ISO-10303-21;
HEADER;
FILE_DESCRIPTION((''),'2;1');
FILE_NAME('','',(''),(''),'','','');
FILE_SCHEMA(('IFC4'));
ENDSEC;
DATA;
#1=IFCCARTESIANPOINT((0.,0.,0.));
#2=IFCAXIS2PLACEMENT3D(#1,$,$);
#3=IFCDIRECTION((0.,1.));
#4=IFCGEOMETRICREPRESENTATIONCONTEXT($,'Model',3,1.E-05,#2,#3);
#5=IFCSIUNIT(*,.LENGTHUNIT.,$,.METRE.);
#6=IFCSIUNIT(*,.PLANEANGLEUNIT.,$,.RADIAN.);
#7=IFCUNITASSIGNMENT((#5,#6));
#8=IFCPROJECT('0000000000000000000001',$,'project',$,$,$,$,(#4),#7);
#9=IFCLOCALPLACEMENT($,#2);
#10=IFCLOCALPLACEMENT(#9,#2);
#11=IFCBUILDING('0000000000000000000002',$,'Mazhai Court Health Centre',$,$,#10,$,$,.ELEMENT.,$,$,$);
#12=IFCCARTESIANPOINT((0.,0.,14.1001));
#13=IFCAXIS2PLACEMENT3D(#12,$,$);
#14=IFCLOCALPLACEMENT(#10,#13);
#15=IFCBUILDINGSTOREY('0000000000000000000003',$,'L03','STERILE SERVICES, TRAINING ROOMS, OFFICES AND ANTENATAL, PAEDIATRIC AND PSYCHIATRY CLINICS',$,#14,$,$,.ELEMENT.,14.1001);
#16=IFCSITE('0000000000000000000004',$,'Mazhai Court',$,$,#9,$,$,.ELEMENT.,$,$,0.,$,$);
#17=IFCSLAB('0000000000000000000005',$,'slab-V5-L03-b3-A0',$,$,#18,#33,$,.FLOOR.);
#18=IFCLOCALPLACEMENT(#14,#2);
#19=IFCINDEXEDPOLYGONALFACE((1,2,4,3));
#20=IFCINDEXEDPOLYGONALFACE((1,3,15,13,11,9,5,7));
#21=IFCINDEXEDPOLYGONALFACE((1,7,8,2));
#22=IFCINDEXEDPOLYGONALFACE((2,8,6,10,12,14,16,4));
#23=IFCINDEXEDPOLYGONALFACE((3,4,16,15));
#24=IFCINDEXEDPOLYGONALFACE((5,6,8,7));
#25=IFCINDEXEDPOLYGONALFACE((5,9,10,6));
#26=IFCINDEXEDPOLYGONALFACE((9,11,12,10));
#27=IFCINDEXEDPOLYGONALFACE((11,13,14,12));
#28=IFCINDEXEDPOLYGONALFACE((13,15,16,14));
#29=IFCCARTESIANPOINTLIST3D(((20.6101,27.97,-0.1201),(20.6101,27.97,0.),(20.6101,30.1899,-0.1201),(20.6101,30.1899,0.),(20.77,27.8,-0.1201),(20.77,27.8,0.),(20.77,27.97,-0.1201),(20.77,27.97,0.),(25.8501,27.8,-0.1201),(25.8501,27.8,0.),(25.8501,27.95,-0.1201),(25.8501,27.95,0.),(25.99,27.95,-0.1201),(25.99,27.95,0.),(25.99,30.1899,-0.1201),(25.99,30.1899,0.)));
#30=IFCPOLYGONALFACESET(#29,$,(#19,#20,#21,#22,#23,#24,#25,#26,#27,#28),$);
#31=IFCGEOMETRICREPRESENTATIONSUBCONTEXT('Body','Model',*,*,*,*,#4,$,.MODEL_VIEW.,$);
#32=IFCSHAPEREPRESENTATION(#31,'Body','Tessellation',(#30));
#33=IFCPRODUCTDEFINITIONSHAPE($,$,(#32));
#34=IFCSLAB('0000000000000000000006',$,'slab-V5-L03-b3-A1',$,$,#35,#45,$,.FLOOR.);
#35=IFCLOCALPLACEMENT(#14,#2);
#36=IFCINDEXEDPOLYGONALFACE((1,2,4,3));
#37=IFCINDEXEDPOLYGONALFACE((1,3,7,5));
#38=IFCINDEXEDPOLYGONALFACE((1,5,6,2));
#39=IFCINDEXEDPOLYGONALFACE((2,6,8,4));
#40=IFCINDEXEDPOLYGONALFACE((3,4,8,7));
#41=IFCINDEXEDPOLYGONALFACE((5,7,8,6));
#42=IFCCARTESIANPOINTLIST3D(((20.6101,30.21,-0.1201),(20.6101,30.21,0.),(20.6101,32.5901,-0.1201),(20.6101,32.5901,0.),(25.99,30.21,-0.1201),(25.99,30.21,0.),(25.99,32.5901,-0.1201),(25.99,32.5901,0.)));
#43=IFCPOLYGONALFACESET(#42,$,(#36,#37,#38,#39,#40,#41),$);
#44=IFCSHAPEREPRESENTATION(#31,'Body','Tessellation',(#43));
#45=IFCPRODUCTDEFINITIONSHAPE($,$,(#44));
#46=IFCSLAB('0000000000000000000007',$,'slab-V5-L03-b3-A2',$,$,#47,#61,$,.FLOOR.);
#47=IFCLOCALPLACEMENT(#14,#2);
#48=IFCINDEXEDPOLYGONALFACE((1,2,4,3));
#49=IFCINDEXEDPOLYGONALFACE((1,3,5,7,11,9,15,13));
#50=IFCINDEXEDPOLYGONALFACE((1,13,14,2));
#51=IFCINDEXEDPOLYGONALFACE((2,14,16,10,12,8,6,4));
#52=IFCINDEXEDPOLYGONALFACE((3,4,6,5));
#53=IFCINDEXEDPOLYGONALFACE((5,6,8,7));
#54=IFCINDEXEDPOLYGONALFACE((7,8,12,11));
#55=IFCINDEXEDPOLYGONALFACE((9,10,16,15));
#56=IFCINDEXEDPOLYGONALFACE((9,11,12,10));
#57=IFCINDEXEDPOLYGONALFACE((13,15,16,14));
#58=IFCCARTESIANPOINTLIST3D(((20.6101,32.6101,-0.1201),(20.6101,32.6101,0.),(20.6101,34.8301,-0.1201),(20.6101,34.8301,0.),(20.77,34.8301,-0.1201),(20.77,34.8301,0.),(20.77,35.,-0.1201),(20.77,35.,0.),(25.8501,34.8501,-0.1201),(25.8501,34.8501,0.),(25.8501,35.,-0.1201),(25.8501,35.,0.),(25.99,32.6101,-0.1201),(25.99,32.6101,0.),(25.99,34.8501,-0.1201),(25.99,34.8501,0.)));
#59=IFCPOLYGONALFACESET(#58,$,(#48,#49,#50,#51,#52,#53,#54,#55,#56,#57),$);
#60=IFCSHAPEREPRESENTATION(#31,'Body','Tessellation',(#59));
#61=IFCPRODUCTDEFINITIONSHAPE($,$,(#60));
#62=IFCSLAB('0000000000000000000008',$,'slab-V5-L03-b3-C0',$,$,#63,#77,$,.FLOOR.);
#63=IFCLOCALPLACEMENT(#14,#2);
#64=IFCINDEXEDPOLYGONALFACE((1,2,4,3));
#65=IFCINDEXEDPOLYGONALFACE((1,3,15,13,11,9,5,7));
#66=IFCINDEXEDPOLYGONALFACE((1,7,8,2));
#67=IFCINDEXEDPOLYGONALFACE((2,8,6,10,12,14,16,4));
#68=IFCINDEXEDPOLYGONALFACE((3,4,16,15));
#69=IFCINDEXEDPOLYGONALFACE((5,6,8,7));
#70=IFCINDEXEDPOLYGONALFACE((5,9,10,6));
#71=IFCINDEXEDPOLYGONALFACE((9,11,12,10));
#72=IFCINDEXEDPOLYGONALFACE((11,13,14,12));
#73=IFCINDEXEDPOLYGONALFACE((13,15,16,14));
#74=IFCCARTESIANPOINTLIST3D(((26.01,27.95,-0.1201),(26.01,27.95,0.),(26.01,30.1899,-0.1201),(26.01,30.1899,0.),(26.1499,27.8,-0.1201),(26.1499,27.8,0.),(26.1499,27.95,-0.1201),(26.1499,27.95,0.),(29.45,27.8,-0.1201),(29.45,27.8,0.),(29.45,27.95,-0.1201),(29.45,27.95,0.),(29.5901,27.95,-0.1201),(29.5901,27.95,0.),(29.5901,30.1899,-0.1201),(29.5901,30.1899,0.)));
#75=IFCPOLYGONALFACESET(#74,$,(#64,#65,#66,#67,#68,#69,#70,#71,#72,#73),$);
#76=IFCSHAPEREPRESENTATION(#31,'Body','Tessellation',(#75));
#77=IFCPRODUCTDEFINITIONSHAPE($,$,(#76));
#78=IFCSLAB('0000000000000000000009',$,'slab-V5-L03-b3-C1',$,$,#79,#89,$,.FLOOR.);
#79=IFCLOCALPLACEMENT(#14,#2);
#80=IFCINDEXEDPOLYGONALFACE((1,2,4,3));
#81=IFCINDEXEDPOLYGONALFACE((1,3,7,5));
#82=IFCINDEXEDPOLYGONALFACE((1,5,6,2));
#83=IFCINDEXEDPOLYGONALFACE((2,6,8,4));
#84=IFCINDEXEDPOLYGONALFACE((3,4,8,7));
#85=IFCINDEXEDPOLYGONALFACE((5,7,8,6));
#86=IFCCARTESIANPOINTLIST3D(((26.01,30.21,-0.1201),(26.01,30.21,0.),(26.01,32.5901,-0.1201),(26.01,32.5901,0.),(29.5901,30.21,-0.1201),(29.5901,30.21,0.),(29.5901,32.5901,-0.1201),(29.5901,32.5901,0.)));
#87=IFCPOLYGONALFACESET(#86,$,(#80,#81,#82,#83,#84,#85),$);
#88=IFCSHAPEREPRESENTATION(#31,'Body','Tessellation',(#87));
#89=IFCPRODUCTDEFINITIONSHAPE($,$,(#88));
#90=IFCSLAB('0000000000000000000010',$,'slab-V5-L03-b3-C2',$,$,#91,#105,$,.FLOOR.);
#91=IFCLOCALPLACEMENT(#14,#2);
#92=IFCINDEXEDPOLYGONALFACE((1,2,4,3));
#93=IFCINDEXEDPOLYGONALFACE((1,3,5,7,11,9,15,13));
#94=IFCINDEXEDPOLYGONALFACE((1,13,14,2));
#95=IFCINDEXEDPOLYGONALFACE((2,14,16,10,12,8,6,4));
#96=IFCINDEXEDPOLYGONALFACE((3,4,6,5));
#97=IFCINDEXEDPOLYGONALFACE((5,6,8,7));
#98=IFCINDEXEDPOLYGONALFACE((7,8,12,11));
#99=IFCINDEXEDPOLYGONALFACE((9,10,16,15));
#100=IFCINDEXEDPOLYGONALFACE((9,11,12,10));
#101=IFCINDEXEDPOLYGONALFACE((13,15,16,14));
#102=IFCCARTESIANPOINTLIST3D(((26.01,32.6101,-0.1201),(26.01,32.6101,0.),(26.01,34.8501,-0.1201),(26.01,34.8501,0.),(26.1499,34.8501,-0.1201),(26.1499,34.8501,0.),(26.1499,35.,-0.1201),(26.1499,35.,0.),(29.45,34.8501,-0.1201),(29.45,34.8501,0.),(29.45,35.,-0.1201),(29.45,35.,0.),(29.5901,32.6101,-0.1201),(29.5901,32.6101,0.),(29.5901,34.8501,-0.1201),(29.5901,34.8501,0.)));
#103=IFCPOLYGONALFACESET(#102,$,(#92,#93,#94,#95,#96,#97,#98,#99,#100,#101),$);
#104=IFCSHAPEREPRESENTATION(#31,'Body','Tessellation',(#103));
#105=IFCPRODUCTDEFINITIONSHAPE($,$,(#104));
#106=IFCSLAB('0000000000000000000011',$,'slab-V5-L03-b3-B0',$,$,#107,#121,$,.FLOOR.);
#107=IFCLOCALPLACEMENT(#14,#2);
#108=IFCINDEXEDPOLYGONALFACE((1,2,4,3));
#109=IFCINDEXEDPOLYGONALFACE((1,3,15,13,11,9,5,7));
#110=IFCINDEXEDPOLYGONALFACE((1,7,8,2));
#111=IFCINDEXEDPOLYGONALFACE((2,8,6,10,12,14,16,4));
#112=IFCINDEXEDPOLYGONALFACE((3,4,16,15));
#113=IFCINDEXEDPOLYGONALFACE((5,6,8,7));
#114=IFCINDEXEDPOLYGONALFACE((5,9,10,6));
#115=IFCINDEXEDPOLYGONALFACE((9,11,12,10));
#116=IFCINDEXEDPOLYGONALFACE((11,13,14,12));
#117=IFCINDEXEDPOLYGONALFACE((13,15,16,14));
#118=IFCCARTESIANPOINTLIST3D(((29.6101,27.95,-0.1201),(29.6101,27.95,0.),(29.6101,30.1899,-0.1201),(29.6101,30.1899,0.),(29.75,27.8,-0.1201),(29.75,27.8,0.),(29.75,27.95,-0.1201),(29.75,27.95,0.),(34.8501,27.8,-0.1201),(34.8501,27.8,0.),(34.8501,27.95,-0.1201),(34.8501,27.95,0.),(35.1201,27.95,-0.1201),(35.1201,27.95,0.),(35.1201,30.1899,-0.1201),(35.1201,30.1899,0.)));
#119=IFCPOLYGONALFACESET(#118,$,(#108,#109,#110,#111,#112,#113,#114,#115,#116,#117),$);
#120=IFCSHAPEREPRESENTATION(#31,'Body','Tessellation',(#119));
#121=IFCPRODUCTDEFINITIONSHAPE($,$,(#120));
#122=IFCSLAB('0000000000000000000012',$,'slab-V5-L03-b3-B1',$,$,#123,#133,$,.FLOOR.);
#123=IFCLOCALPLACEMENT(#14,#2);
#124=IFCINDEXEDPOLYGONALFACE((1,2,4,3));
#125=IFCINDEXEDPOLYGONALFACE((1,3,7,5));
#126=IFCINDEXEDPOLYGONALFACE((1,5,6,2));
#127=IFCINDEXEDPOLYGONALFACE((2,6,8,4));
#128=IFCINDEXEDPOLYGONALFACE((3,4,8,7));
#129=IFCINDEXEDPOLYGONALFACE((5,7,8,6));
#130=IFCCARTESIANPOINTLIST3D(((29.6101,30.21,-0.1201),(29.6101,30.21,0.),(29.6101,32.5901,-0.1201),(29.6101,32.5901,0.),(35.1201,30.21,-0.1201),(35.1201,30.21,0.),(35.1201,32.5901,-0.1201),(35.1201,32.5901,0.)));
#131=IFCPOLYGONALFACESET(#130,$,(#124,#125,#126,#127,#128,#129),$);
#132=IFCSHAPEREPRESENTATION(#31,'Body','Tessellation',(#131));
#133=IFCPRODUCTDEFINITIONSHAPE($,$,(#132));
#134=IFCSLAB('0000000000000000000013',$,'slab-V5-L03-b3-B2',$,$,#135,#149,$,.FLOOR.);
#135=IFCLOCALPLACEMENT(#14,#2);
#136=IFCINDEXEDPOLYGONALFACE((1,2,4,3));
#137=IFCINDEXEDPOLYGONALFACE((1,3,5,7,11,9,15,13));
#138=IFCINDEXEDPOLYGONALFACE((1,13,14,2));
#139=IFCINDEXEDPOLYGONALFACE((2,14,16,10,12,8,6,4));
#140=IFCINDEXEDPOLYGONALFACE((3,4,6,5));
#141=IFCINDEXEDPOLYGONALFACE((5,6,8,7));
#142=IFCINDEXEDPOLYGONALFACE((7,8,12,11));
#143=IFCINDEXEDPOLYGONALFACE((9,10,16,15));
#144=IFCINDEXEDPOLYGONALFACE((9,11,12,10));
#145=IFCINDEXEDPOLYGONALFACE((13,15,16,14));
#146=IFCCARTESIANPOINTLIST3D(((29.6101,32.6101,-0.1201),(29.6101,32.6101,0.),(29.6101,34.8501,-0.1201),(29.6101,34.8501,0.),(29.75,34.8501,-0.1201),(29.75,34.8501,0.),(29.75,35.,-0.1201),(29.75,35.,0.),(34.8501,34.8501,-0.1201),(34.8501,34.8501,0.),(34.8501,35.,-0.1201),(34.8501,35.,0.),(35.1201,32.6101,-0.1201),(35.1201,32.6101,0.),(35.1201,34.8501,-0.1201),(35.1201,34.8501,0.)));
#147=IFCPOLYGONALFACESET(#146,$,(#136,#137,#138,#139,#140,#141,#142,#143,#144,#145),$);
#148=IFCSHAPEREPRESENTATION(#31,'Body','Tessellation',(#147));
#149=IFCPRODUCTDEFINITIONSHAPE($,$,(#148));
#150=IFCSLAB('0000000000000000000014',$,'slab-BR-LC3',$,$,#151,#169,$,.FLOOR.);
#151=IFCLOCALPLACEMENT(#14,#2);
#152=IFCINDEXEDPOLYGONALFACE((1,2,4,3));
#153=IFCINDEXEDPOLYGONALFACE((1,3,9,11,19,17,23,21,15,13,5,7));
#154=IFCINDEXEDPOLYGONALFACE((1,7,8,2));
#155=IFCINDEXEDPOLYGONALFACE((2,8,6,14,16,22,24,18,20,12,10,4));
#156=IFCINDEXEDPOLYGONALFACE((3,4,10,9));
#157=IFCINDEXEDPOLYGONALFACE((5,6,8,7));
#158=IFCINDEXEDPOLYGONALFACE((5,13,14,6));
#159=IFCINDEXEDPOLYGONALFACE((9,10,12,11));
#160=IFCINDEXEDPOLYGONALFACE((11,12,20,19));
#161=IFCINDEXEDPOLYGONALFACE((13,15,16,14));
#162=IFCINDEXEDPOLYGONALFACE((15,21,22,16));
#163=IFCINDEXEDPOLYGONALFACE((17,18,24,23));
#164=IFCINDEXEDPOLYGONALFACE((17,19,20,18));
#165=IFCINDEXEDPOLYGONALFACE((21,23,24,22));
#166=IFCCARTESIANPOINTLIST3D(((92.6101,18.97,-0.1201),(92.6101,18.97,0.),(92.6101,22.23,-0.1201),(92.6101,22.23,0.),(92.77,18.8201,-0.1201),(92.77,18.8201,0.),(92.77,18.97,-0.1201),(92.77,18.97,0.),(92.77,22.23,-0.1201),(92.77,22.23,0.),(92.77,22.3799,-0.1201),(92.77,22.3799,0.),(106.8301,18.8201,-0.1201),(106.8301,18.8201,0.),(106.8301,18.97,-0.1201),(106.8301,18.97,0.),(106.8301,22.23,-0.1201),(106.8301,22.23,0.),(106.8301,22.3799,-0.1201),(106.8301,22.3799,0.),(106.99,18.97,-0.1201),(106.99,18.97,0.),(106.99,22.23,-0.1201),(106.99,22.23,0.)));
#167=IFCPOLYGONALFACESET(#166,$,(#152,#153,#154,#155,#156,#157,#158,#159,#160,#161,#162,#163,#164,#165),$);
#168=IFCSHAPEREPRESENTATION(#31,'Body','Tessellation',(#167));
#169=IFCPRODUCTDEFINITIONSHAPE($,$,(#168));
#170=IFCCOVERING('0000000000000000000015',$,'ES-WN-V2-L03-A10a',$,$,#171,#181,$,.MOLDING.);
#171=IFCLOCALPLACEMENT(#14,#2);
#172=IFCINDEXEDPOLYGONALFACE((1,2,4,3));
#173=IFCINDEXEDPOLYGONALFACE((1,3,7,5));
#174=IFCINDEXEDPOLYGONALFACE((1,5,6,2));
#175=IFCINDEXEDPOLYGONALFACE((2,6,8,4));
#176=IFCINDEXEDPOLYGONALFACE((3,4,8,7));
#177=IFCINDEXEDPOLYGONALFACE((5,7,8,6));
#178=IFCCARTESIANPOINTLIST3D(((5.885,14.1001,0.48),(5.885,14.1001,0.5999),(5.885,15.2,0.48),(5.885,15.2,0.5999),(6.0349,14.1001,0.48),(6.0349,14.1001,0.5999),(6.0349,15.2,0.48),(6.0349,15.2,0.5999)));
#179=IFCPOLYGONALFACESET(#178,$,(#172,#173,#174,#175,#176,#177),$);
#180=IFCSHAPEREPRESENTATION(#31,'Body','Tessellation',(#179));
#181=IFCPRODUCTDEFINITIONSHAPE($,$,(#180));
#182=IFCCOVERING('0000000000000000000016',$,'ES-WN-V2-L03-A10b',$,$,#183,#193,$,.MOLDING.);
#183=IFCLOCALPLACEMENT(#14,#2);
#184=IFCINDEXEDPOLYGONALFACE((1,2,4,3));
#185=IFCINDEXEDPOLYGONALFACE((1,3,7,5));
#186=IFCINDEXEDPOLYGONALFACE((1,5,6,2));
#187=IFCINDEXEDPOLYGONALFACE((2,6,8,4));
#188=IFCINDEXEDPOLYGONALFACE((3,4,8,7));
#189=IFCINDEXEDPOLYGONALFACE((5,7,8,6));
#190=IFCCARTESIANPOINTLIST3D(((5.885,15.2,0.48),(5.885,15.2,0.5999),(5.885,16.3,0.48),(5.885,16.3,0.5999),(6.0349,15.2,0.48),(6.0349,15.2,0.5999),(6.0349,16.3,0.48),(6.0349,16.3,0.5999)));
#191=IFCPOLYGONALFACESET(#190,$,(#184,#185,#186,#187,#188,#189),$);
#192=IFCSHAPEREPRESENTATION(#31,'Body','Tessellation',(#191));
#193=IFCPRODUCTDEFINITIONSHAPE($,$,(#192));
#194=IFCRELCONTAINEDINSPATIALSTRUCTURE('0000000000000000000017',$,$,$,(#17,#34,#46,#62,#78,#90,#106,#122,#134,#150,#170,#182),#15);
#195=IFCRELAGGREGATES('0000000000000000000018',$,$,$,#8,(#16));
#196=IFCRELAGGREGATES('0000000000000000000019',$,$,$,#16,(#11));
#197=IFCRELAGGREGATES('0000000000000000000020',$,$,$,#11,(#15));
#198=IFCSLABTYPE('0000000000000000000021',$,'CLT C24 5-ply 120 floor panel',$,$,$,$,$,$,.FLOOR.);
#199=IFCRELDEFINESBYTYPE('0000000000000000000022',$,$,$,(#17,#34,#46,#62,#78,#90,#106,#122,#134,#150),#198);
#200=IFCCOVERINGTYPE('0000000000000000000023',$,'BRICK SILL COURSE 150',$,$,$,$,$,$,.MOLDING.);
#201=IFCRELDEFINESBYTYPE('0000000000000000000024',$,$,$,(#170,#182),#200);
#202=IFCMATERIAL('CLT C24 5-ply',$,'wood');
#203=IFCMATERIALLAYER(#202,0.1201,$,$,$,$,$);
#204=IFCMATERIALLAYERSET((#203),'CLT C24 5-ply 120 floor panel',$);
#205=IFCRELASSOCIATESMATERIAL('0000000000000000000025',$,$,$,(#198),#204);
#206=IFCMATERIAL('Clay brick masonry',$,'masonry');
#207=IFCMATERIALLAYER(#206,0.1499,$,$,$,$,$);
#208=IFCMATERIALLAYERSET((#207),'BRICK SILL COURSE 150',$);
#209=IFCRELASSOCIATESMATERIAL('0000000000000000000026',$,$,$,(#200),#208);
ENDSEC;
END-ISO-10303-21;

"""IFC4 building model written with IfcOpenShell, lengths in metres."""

from ifc_helpers import new_model, si_unit, direction, frame, origin, place, context, subcontext, project, spatial, polyline, outline, extrude, material, layer, layer_set, type_object, element, save


model = new_model("IFC4")

# Units and contexts
model_context = context("Model", 3, precision=1e-05, world=origin(), true_north=direction((0.0, 1.0)))
body_context = subcontext(model_context, "Body", "Model", "MODEL_VIEW")
ifc_project = project(units=[si_unit("LENGTHUNIT", "METRE"), si_unit("PLANEANGLEUNIT", "RADIAN")], contexts=[model_context])

# Site, building, storey
site_placement = place(None, origin())
site = spatial("IfcSite", under=ifc_project, at=site_placement, Name="Mazhai Court", CompositionType="ELEMENT", RefElevation=0.0)
building_placement = place(site_placement, origin())
building = spatial("IfcBuilding", under=site, at=building_placement, Name="Mazhai Court Health Centre", CompositionType="ELEMENT")
storey_placement = place(building_placement, frame((0.0, 0.0, 14.1001)))
storey = spatial("IfcBuildingStorey", under=building, at=storey_placement, Name="L03", Description="STERILE SERVICES, TRAINING ROOMS, OFFICES AND ANTENATAL, PAEDIATRIC AND PSYCHIATRY CLINICS", CompositionType="ELEMENT", Elevation=14.1001)

# Slabs
ifc_material_1 = material(Name="CLT C24 5-ply", Category="wood")
ifc_layer_1 = layer(ifc_material_1, 0.1201)
ifc_layer_set_1 = layer_set([ifc_layer_1], Name="CLT C24 5-ply 120 floor panel")
slab_type = type_object("IfcSlabType", Name="CLT C24 5-ply 120 floor panel", PredefinedType="FLOOR", material=ifc_layer_set_1)
slab_1_placement = place(storey_placement, frame((0.0, 0.0, -0.1201)))
element("IfcSlab", 1, at=slab_1_placement, inside=storey, type_object=slab_type, Name="slab-V5-L03-b3-A0", PredefinedType="FLOOR", context=body_context, shape_type="SweptSolid", body=[
    extrude(outline(polyline([(20.6101, 30.1899), (20.6101, 27.97), (20.77, 27.97), (20.77, 27.8), (25.8501, 27.8), (25.8501, 27.95), (25.99, 27.95), (25.99, 30.1899), (20.6101, 30.1899)])), origin(), (0.0, 0.0, 1.0), 0.1201),
])
slab_2_placement = place(storey_placement, frame((0.0, 0.0, -0.1201)))
element("IfcSlab", 2, at=slab_2_placement, inside=storey, type_object=slab_type, Name="slab-V5-L03-b3-A1", PredefinedType="FLOOR", context=body_context, shape_type="SweptSolid", body=[
    extrude(outline(polyline([(20.6101, 30.21), (25.99, 30.21), (25.99, 32.5901), (20.6101, 32.5901), (20.6101, 30.21)])), origin(), (0.0, 0.0, 1.0), 0.1201),
])
slab_3_placement = place(storey_placement, frame((0.0, 0.0, -0.1201)))
element("IfcSlab", 3, at=slab_3_placement, inside=storey, type_object=slab_type, Name="slab-V5-L03-b3-A2", PredefinedType="FLOOR", context=body_context, shape_type="SweptSolid", body=[
    extrude(outline(polyline([(25.99, 32.6101), (25.99, 34.8501), (25.8501, 34.8501), (25.8501, 35.0), (20.77, 35.0), (20.77, 34.8301), (20.6101, 34.8301), (20.6101, 32.6101), (25.99, 32.6101)])), origin(), (0.0, 0.0, 1.0), 0.1201),
])
slab_4_placement = place(storey_placement, frame((0.0, 0.0, -0.1201)))
element("IfcSlab", 4, at=slab_4_placement, inside=storey, type_object=slab_type, Name="slab-V5-L03-b3-C0", PredefinedType="FLOOR", context=body_context, shape_type="SweptSolid", body=[
    extrude(outline(polyline([(26.01, 30.1899), (26.01, 27.95), (26.1499, 27.95), (26.1499, 27.8), (29.45, 27.8), (29.45, 27.95), (29.5901, 27.95), (29.5901, 30.1899), (26.01, 30.1899)])), origin(), (0.0, 0.0, 1.0), 0.1201),
])
slab_5_placement = place(storey_placement, frame((0.0, 0.0, -0.1201)))
element("IfcSlab", 5, at=slab_5_placement, inside=storey, type_object=slab_type, Name="slab-V5-L03-b3-C1", PredefinedType="FLOOR", context=body_context, shape_type="SweptSolid", body=[
    extrude(outline(polyline([(26.01, 30.21), (29.5901, 30.21), (29.5901, 32.5901), (26.01, 32.5901), (26.01, 30.21)])), origin(), (0.0, 0.0, 1.0), 0.1201),
])
slab_6_placement = place(storey_placement, frame((0.0, 0.0, -0.1201)))
element("IfcSlab", 6, at=slab_6_placement, inside=storey, type_object=slab_type, Name="slab-V5-L03-b3-C2", PredefinedType="FLOOR", context=body_context, shape_type="SweptSolid", body=[
    extrude(outline(polyline([(29.5901, 32.6101), (29.5901, 34.8501), (29.45, 34.8501), (29.45, 35.0), (26.1499, 35.0), (26.1499, 34.8501), (26.01, 34.8501), (26.01, 32.6101), (29.5901, 32.6101)])), origin(), (0.0, 0.0, 1.0), 0.1201),
])
slab_7_placement = place(storey_placement, frame((0.0, 0.0, -0.1201)))
element("IfcSlab", 7, at=slab_7_placement, inside=storey, type_object=slab_type, Name="slab-V5-L03-b3-B0", PredefinedType="FLOOR", context=body_context, shape_type="SweptSolid", body=[
    extrude(outline(polyline([(29.6101, 30.1899), (29.6101, 27.95), (29.75, 27.95), (29.75, 27.8), (34.8501, 27.8), (34.8501, 27.95), (35.1201, 27.95), (35.1201, 30.1899), (29.6101, 30.1899)])), origin(), (0.0, 0.0, 1.0), 0.1201),
])
slab_8_placement = place(storey_placement, frame((0.0, 0.0, -0.1201)))
element("IfcSlab", 8, at=slab_8_placement, inside=storey, type_object=slab_type, Name="slab-V5-L03-b3-B1", PredefinedType="FLOOR", context=body_context, shape_type="SweptSolid", body=[
    extrude(outline(polyline([(29.6101, 30.21), (35.1201, 30.21), (35.1201, 32.5901), (29.6101, 32.5901), (29.6101, 30.21)])), origin(), (0.0, 0.0, 1.0), 0.1201),
])
slab_9_placement = place(storey_placement, frame((0.0, 0.0, -0.1201)))
element("IfcSlab", 9, at=slab_9_placement, inside=storey, type_object=slab_type, Name="slab-V5-L03-b3-B2", PredefinedType="FLOOR", context=body_context, shape_type="SweptSolid", body=[
    extrude(outline(polyline([(35.1201, 32.6101), (35.1201, 34.8501), (34.8501, 34.8501), (34.8501, 35.0), (29.75, 35.0), (29.75, 34.8501), (29.6101, 34.8501), (29.6101, 32.6101), (35.1201, 32.6101)])), origin(), (0.0, 0.0, 1.0), 0.1201),
])
slab_10_placement = place(storey_placement, frame((0.0, 0.0, -0.1201)))
element("IfcSlab", 10, at=slab_10_placement, inside=storey, type_object=slab_type, Name="slab-BR-LC3", PredefinedType="FLOOR", context=body_context, shape_type="SweptSolid", body=[
    extrude(outline(polyline([(106.99, 18.97), (106.99, 22.23), (106.8301, 22.23), (106.8301, 22.3799), (92.77, 22.3799), (92.77, 22.23), (92.6101, 22.23), (92.6101, 18.97), (92.77, 18.97), (92.77, 18.8201), (106.8301, 18.8201), (106.8301, 18.97), (106.99, 18.97)])), origin(), (0.0, 0.0, 1.0), 0.1201),
])

# Coverings
ifc_material_2 = material(Name="Clay brick masonry", Category="masonry")
ifc_layer_2 = layer(ifc_material_2, 0.1499)
ifc_layer_set_2 = layer_set([ifc_layer_2], Name="BRICK SILL COURSE 150")
covering_type_1 = type_object("IfcCoveringType", Name="BRICK SILL COURSE 150", PredefinedType="MOLDING", material=ifc_layer_set_2)
covering_1_placement = place(storey_placement, frame((0.0, 0.0, 0.48)))
element("IfcCovering", 11, at=covering_1_placement, inside=storey, type_object=covering_type_1, Name="ES-WN-V2-L03-A10a", PredefinedType="MOLDING", context=body_context, shape_type="SweptSolid", body=[
    extrude(outline(polyline([(6.0349, 14.1001), (6.0349, 15.2), (5.885, 15.2), (5.885, 14.1001), (6.0349, 14.1001)])), origin(), (0.0, 0.0, 1.0), 0.1199),
])
covering_2_placement = place(storey_placement, frame((0.0, 0.0, 0.48)))
element("IfcCovering", 12, at=covering_2_placement, inside=storey, type_object=covering_type_1, Name="ES-WN-V2-L03-A10b", PredefinedType="MOLDING", context=body_context, shape_type="SweptSolid", body=[
    extrude(outline(polyline([(6.0349, 15.2), (6.0349, 16.3), (5.885, 16.3), (5.885, 15.2), (6.0349, 15.2)])), origin(), (0.0, 0.0, 1.0), 0.1199),
])

save(model, "model.ifc")
